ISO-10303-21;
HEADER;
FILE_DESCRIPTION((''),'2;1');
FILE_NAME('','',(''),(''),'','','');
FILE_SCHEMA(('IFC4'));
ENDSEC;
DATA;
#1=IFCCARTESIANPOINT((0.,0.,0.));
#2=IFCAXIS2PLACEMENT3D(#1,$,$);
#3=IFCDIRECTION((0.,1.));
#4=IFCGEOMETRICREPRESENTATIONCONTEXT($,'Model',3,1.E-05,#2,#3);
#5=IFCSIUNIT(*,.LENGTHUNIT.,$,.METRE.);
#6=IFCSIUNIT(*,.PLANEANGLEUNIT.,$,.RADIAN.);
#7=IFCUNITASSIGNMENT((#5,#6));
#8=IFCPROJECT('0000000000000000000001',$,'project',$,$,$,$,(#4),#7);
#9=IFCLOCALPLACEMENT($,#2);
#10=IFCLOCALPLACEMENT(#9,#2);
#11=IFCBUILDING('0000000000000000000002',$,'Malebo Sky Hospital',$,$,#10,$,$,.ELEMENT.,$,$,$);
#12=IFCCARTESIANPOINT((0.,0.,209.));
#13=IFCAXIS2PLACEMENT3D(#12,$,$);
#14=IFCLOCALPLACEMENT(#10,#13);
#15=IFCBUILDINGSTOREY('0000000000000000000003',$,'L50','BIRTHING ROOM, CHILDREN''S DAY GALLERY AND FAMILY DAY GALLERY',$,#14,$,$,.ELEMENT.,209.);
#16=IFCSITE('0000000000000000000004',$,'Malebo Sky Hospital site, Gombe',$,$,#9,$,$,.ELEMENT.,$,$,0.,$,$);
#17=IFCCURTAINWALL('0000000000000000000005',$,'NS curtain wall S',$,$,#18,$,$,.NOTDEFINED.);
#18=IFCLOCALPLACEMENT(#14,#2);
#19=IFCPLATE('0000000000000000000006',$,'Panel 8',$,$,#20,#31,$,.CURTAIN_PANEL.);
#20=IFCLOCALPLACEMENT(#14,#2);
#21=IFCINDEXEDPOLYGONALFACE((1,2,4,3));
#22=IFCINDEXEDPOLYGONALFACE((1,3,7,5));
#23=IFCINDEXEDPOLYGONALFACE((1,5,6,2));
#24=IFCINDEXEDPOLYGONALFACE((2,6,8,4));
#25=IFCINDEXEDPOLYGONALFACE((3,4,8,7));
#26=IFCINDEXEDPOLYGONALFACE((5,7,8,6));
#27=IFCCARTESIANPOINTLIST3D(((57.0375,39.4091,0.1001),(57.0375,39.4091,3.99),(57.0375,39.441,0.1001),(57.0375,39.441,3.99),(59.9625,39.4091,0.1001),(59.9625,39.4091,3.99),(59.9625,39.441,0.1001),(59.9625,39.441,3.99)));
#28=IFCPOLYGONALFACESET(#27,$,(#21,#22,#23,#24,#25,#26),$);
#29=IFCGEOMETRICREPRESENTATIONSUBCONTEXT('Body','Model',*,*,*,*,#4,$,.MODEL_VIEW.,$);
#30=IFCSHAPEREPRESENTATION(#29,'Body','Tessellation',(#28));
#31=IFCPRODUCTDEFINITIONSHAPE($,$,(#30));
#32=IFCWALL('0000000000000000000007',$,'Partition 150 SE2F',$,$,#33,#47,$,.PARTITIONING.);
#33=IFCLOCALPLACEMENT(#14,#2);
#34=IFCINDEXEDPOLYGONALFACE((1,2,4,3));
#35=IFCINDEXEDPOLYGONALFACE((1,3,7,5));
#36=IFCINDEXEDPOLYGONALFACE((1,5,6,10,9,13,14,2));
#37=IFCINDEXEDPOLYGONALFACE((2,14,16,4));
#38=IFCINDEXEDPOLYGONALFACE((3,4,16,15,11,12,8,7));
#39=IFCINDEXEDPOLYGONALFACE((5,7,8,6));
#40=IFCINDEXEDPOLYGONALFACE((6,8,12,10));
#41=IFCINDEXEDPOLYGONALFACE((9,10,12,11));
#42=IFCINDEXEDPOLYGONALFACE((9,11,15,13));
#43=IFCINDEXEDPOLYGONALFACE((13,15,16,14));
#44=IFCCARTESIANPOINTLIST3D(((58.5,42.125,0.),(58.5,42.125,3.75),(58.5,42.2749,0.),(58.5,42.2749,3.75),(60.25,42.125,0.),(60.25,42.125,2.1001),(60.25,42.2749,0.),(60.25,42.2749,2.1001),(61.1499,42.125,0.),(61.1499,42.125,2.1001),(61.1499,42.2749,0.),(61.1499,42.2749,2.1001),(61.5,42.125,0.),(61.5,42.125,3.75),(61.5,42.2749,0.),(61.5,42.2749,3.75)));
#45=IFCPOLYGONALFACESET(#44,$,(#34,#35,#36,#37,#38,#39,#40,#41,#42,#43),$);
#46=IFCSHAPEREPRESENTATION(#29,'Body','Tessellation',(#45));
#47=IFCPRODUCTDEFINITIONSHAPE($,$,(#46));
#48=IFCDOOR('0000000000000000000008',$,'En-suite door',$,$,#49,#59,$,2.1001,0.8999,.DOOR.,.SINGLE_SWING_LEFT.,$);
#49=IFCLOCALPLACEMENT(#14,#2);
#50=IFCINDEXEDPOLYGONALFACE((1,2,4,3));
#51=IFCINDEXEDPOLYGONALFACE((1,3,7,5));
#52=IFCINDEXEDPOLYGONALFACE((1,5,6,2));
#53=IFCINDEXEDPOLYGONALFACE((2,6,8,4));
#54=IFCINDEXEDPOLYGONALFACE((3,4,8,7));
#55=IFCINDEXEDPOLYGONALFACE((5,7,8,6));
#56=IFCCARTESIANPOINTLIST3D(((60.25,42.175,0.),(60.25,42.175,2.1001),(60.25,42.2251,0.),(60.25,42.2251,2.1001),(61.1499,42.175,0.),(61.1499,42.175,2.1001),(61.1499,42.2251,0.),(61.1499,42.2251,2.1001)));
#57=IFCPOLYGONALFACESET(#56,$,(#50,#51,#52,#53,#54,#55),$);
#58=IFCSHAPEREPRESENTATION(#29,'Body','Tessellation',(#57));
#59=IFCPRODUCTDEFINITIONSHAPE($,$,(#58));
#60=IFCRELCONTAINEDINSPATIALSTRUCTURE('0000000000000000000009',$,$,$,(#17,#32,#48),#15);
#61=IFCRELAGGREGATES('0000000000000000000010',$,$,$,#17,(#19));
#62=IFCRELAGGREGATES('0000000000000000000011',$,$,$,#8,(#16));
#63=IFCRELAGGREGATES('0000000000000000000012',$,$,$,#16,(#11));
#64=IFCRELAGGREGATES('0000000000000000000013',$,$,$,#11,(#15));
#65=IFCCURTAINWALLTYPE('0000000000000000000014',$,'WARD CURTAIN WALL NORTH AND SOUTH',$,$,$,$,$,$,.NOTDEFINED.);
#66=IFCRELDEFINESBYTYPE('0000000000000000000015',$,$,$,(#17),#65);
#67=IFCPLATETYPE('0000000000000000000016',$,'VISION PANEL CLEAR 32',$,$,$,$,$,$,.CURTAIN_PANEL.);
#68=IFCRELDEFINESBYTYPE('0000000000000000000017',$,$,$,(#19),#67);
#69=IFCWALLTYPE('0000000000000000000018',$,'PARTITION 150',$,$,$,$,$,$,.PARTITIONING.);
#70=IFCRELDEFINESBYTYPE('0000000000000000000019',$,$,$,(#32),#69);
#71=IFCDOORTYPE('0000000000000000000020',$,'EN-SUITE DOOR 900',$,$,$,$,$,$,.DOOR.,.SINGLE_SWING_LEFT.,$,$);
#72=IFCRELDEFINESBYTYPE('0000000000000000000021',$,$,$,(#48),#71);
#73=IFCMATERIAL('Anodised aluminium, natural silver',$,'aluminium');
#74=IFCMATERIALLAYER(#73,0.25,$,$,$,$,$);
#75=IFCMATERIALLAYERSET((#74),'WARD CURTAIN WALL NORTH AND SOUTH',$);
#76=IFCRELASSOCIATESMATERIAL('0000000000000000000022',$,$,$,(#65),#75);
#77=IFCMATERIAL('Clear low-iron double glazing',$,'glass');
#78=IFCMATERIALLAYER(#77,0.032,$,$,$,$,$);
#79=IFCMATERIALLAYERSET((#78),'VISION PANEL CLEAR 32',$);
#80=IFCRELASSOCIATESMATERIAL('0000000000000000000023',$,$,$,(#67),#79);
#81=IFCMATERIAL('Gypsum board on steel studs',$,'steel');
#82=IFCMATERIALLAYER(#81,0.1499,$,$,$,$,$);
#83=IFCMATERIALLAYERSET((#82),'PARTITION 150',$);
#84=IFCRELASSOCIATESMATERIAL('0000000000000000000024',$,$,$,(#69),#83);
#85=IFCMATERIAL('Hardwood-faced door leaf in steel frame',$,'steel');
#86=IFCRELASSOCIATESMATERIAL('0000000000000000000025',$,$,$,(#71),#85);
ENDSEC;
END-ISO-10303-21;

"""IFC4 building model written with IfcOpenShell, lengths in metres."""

from ifc_helpers import new_model, si_unit, direction, frame, frame_2d, origin, origin_2d, place, context, subcontext, project, spatial, rectangle, extrude, material, layer, layer_set, type_object, element, fill, aggregate, save


model = new_model("IFC4")

# Units and contexts
model_context = context("Model", 3, precision=1e-05, world=origin(), true_north=direction((0.0, 1.0)))
body_context = subcontext(model_context, "Body", "Model", "MODEL_VIEW")
ifc_project = project(units=[si_unit("LENGTHUNIT", "METRE"), si_unit("PLANEANGLEUNIT", "RADIAN")], contexts=[model_context])

# Site, building, storey
site_placement = place(None, origin())
site = spatial("IfcSite", under=ifc_project, at=site_placement, Name="Malebo Sky Hospital site, Gombe", CompositionType="ELEMENT", RefElevation=0.0)
building_placement = place(site_placement, origin())
building = spatial("IfcBuilding", under=site, at=building_placement, Name="Malebo Sky Hospital", CompositionType="ELEMENT")
storey_placement = place(building_placement, frame((0.0, 0.0, 209.0)))
storey = spatial("IfcBuildingStorey", under=building, at=storey_placement, Name="L50", Description="BIRTHING ROOM, CHILDREN'S DAY GALLERY AND FAMILY DAY GALLERY", CompositionType="ELEMENT", Elevation=209.0)

# Curtain wall
ifc_material_1 = material(Name="Anodised aluminium, natural silver", Category="aluminium")
ifc_layer_1 = layer(ifc_material_1, 0.25)
ifc_layer_set_1 = layer_set([ifc_layer_1], Name="WARD CURTAIN WALL NORTH AND SOUTH")
curtain_wall_type = type_object("IfcCurtainWallType", Name="WARD CURTAIN WALL NORTH AND SOUTH", PredefinedType="NOTDEFINED", material=ifc_layer_set_1)
curtain_wall_placement = place(storey_placement, origin())
curtain_wall = element("IfcCurtainWall", 1, at=curtain_wall_placement, inside=storey, type_object=curtain_wall_type, Name="NS curtain wall S", PredefinedType="NOTDEFINED")

# Plate
ifc_material_2 = material(Name="Clear low-iron double glazing", Category="glass")
ifc_layer_2 = layer(ifc_material_2, 0.032)
ifc_layer_set_2 = layer_set([ifc_layer_2], Name="VISION PANEL CLEAR 32")
plate_type = type_object("IfcPlateType", Name="VISION PANEL CLEAR 32", PredefinedType="CURTAIN_PANEL", material=ifc_layer_set_2)
plate_1_placement = place(storey_placement, frame((58.5, 39.425, 0.1001), z_axis=(0.0, 0.0, 1.0), x_axis=(-1.0, 0.0, 0.0)))
plate_1 = element("IfcPlate", 2, at=plate_1_placement, type_object=plate_type, Name="Panel 8", PredefinedType="CURTAIN_PANEL", context=body_context, shape_type="SweptSolid", body=[
    extrude(rectangle(XDim=2.925, YDim=0.032, at=origin_2d()), origin(), (0.0, 0.0, 1.0), 3.8899),
])
aggregate(curtain_wall, [plate_1])

# Wall, opening, door
ifc_material_3 = material(Name="Gypsum board on steel studs", Category="steel")
ifc_layer_3 = layer(ifc_material_3, 0.1499)
ifc_layer_set_3 = layer_set([ifc_layer_3], Name="PARTITION 150")
wall_type = type_object("IfcWallType", Name="PARTITION 150", PredefinedType="PARTITIONING", material=ifc_layer_set_3)
wall_placement = place(storey_placement, frame((61.5, 42.2, 0.0), z_axis=(0.0, 0.0, 1.0), x_axis=(-1.0, 0.0, 0.0)))
wall = element("IfcWall", 3, at=wall_placement, inside=storey, type_object=wall_type, Name="Partition 150 SE2F", PredefinedType="PARTITIONING", context=body_context, shape_type="SweptSolid", body=[
    extrude(rectangle(XDim=3.0, YDim=0.1499, at=frame_2d((1.5, 0.0))), origin(), (0.0, 0.0, 1.0), 3.75),
])
opening_placement = place(wall_placement, frame((0.3501, 0.0, 0.0)))
opening = element("IfcOpeningElement", 4, at=opening_placement, cuts=wall, PredefinedType="OPENING", context=body_context, shape_type="SweptSolid", body=[
    extrude(rectangle(XDim=0.8999, YDim=2.1001, at=frame_2d((0.45, 1.05))), frame((0.0, 0.085, 0.0), z_axis=(0.0, -1.0, 0.0), x_axis=(1.0, 0.0, 0.0)), (0.0, 0.0, 1.0), 0.1699),
])
ifc_material_4 = material(Name="Hardwood-faced door leaf in steel frame", Category="steel")
door_type = type_object("IfcDoorType", Name="EN-SUITE DOOR 900", OperationType="SINGLE_SWING_LEFT", PredefinedType="DOOR", material=ifc_material_4)
door_placement = place(opening_placement, origin())
door = element("IfcDoor", 5, at=door_placement, inside=storey, type_object=door_type, Name="En-suite door", OperationType="SINGLE_SWING_LEFT", OverallHeight=2.1001, OverallWidth=0.8999, PredefinedType="DOOR", context=body_context, shape_type="SweptSolid", body=[
    extrude(rectangle(XDim=0.8999, YDim=2.1001, at=frame_2d((0.45, 1.05))), frame((0.0, 0.0249, 0.0), z_axis=(0.0, -1.0, 0.0), x_axis=(1.0, 0.0, 0.0)), (0.0, 0.0, 1.0), 0.05),
])
fill(opening, door)

save(model, "model.ifc")
